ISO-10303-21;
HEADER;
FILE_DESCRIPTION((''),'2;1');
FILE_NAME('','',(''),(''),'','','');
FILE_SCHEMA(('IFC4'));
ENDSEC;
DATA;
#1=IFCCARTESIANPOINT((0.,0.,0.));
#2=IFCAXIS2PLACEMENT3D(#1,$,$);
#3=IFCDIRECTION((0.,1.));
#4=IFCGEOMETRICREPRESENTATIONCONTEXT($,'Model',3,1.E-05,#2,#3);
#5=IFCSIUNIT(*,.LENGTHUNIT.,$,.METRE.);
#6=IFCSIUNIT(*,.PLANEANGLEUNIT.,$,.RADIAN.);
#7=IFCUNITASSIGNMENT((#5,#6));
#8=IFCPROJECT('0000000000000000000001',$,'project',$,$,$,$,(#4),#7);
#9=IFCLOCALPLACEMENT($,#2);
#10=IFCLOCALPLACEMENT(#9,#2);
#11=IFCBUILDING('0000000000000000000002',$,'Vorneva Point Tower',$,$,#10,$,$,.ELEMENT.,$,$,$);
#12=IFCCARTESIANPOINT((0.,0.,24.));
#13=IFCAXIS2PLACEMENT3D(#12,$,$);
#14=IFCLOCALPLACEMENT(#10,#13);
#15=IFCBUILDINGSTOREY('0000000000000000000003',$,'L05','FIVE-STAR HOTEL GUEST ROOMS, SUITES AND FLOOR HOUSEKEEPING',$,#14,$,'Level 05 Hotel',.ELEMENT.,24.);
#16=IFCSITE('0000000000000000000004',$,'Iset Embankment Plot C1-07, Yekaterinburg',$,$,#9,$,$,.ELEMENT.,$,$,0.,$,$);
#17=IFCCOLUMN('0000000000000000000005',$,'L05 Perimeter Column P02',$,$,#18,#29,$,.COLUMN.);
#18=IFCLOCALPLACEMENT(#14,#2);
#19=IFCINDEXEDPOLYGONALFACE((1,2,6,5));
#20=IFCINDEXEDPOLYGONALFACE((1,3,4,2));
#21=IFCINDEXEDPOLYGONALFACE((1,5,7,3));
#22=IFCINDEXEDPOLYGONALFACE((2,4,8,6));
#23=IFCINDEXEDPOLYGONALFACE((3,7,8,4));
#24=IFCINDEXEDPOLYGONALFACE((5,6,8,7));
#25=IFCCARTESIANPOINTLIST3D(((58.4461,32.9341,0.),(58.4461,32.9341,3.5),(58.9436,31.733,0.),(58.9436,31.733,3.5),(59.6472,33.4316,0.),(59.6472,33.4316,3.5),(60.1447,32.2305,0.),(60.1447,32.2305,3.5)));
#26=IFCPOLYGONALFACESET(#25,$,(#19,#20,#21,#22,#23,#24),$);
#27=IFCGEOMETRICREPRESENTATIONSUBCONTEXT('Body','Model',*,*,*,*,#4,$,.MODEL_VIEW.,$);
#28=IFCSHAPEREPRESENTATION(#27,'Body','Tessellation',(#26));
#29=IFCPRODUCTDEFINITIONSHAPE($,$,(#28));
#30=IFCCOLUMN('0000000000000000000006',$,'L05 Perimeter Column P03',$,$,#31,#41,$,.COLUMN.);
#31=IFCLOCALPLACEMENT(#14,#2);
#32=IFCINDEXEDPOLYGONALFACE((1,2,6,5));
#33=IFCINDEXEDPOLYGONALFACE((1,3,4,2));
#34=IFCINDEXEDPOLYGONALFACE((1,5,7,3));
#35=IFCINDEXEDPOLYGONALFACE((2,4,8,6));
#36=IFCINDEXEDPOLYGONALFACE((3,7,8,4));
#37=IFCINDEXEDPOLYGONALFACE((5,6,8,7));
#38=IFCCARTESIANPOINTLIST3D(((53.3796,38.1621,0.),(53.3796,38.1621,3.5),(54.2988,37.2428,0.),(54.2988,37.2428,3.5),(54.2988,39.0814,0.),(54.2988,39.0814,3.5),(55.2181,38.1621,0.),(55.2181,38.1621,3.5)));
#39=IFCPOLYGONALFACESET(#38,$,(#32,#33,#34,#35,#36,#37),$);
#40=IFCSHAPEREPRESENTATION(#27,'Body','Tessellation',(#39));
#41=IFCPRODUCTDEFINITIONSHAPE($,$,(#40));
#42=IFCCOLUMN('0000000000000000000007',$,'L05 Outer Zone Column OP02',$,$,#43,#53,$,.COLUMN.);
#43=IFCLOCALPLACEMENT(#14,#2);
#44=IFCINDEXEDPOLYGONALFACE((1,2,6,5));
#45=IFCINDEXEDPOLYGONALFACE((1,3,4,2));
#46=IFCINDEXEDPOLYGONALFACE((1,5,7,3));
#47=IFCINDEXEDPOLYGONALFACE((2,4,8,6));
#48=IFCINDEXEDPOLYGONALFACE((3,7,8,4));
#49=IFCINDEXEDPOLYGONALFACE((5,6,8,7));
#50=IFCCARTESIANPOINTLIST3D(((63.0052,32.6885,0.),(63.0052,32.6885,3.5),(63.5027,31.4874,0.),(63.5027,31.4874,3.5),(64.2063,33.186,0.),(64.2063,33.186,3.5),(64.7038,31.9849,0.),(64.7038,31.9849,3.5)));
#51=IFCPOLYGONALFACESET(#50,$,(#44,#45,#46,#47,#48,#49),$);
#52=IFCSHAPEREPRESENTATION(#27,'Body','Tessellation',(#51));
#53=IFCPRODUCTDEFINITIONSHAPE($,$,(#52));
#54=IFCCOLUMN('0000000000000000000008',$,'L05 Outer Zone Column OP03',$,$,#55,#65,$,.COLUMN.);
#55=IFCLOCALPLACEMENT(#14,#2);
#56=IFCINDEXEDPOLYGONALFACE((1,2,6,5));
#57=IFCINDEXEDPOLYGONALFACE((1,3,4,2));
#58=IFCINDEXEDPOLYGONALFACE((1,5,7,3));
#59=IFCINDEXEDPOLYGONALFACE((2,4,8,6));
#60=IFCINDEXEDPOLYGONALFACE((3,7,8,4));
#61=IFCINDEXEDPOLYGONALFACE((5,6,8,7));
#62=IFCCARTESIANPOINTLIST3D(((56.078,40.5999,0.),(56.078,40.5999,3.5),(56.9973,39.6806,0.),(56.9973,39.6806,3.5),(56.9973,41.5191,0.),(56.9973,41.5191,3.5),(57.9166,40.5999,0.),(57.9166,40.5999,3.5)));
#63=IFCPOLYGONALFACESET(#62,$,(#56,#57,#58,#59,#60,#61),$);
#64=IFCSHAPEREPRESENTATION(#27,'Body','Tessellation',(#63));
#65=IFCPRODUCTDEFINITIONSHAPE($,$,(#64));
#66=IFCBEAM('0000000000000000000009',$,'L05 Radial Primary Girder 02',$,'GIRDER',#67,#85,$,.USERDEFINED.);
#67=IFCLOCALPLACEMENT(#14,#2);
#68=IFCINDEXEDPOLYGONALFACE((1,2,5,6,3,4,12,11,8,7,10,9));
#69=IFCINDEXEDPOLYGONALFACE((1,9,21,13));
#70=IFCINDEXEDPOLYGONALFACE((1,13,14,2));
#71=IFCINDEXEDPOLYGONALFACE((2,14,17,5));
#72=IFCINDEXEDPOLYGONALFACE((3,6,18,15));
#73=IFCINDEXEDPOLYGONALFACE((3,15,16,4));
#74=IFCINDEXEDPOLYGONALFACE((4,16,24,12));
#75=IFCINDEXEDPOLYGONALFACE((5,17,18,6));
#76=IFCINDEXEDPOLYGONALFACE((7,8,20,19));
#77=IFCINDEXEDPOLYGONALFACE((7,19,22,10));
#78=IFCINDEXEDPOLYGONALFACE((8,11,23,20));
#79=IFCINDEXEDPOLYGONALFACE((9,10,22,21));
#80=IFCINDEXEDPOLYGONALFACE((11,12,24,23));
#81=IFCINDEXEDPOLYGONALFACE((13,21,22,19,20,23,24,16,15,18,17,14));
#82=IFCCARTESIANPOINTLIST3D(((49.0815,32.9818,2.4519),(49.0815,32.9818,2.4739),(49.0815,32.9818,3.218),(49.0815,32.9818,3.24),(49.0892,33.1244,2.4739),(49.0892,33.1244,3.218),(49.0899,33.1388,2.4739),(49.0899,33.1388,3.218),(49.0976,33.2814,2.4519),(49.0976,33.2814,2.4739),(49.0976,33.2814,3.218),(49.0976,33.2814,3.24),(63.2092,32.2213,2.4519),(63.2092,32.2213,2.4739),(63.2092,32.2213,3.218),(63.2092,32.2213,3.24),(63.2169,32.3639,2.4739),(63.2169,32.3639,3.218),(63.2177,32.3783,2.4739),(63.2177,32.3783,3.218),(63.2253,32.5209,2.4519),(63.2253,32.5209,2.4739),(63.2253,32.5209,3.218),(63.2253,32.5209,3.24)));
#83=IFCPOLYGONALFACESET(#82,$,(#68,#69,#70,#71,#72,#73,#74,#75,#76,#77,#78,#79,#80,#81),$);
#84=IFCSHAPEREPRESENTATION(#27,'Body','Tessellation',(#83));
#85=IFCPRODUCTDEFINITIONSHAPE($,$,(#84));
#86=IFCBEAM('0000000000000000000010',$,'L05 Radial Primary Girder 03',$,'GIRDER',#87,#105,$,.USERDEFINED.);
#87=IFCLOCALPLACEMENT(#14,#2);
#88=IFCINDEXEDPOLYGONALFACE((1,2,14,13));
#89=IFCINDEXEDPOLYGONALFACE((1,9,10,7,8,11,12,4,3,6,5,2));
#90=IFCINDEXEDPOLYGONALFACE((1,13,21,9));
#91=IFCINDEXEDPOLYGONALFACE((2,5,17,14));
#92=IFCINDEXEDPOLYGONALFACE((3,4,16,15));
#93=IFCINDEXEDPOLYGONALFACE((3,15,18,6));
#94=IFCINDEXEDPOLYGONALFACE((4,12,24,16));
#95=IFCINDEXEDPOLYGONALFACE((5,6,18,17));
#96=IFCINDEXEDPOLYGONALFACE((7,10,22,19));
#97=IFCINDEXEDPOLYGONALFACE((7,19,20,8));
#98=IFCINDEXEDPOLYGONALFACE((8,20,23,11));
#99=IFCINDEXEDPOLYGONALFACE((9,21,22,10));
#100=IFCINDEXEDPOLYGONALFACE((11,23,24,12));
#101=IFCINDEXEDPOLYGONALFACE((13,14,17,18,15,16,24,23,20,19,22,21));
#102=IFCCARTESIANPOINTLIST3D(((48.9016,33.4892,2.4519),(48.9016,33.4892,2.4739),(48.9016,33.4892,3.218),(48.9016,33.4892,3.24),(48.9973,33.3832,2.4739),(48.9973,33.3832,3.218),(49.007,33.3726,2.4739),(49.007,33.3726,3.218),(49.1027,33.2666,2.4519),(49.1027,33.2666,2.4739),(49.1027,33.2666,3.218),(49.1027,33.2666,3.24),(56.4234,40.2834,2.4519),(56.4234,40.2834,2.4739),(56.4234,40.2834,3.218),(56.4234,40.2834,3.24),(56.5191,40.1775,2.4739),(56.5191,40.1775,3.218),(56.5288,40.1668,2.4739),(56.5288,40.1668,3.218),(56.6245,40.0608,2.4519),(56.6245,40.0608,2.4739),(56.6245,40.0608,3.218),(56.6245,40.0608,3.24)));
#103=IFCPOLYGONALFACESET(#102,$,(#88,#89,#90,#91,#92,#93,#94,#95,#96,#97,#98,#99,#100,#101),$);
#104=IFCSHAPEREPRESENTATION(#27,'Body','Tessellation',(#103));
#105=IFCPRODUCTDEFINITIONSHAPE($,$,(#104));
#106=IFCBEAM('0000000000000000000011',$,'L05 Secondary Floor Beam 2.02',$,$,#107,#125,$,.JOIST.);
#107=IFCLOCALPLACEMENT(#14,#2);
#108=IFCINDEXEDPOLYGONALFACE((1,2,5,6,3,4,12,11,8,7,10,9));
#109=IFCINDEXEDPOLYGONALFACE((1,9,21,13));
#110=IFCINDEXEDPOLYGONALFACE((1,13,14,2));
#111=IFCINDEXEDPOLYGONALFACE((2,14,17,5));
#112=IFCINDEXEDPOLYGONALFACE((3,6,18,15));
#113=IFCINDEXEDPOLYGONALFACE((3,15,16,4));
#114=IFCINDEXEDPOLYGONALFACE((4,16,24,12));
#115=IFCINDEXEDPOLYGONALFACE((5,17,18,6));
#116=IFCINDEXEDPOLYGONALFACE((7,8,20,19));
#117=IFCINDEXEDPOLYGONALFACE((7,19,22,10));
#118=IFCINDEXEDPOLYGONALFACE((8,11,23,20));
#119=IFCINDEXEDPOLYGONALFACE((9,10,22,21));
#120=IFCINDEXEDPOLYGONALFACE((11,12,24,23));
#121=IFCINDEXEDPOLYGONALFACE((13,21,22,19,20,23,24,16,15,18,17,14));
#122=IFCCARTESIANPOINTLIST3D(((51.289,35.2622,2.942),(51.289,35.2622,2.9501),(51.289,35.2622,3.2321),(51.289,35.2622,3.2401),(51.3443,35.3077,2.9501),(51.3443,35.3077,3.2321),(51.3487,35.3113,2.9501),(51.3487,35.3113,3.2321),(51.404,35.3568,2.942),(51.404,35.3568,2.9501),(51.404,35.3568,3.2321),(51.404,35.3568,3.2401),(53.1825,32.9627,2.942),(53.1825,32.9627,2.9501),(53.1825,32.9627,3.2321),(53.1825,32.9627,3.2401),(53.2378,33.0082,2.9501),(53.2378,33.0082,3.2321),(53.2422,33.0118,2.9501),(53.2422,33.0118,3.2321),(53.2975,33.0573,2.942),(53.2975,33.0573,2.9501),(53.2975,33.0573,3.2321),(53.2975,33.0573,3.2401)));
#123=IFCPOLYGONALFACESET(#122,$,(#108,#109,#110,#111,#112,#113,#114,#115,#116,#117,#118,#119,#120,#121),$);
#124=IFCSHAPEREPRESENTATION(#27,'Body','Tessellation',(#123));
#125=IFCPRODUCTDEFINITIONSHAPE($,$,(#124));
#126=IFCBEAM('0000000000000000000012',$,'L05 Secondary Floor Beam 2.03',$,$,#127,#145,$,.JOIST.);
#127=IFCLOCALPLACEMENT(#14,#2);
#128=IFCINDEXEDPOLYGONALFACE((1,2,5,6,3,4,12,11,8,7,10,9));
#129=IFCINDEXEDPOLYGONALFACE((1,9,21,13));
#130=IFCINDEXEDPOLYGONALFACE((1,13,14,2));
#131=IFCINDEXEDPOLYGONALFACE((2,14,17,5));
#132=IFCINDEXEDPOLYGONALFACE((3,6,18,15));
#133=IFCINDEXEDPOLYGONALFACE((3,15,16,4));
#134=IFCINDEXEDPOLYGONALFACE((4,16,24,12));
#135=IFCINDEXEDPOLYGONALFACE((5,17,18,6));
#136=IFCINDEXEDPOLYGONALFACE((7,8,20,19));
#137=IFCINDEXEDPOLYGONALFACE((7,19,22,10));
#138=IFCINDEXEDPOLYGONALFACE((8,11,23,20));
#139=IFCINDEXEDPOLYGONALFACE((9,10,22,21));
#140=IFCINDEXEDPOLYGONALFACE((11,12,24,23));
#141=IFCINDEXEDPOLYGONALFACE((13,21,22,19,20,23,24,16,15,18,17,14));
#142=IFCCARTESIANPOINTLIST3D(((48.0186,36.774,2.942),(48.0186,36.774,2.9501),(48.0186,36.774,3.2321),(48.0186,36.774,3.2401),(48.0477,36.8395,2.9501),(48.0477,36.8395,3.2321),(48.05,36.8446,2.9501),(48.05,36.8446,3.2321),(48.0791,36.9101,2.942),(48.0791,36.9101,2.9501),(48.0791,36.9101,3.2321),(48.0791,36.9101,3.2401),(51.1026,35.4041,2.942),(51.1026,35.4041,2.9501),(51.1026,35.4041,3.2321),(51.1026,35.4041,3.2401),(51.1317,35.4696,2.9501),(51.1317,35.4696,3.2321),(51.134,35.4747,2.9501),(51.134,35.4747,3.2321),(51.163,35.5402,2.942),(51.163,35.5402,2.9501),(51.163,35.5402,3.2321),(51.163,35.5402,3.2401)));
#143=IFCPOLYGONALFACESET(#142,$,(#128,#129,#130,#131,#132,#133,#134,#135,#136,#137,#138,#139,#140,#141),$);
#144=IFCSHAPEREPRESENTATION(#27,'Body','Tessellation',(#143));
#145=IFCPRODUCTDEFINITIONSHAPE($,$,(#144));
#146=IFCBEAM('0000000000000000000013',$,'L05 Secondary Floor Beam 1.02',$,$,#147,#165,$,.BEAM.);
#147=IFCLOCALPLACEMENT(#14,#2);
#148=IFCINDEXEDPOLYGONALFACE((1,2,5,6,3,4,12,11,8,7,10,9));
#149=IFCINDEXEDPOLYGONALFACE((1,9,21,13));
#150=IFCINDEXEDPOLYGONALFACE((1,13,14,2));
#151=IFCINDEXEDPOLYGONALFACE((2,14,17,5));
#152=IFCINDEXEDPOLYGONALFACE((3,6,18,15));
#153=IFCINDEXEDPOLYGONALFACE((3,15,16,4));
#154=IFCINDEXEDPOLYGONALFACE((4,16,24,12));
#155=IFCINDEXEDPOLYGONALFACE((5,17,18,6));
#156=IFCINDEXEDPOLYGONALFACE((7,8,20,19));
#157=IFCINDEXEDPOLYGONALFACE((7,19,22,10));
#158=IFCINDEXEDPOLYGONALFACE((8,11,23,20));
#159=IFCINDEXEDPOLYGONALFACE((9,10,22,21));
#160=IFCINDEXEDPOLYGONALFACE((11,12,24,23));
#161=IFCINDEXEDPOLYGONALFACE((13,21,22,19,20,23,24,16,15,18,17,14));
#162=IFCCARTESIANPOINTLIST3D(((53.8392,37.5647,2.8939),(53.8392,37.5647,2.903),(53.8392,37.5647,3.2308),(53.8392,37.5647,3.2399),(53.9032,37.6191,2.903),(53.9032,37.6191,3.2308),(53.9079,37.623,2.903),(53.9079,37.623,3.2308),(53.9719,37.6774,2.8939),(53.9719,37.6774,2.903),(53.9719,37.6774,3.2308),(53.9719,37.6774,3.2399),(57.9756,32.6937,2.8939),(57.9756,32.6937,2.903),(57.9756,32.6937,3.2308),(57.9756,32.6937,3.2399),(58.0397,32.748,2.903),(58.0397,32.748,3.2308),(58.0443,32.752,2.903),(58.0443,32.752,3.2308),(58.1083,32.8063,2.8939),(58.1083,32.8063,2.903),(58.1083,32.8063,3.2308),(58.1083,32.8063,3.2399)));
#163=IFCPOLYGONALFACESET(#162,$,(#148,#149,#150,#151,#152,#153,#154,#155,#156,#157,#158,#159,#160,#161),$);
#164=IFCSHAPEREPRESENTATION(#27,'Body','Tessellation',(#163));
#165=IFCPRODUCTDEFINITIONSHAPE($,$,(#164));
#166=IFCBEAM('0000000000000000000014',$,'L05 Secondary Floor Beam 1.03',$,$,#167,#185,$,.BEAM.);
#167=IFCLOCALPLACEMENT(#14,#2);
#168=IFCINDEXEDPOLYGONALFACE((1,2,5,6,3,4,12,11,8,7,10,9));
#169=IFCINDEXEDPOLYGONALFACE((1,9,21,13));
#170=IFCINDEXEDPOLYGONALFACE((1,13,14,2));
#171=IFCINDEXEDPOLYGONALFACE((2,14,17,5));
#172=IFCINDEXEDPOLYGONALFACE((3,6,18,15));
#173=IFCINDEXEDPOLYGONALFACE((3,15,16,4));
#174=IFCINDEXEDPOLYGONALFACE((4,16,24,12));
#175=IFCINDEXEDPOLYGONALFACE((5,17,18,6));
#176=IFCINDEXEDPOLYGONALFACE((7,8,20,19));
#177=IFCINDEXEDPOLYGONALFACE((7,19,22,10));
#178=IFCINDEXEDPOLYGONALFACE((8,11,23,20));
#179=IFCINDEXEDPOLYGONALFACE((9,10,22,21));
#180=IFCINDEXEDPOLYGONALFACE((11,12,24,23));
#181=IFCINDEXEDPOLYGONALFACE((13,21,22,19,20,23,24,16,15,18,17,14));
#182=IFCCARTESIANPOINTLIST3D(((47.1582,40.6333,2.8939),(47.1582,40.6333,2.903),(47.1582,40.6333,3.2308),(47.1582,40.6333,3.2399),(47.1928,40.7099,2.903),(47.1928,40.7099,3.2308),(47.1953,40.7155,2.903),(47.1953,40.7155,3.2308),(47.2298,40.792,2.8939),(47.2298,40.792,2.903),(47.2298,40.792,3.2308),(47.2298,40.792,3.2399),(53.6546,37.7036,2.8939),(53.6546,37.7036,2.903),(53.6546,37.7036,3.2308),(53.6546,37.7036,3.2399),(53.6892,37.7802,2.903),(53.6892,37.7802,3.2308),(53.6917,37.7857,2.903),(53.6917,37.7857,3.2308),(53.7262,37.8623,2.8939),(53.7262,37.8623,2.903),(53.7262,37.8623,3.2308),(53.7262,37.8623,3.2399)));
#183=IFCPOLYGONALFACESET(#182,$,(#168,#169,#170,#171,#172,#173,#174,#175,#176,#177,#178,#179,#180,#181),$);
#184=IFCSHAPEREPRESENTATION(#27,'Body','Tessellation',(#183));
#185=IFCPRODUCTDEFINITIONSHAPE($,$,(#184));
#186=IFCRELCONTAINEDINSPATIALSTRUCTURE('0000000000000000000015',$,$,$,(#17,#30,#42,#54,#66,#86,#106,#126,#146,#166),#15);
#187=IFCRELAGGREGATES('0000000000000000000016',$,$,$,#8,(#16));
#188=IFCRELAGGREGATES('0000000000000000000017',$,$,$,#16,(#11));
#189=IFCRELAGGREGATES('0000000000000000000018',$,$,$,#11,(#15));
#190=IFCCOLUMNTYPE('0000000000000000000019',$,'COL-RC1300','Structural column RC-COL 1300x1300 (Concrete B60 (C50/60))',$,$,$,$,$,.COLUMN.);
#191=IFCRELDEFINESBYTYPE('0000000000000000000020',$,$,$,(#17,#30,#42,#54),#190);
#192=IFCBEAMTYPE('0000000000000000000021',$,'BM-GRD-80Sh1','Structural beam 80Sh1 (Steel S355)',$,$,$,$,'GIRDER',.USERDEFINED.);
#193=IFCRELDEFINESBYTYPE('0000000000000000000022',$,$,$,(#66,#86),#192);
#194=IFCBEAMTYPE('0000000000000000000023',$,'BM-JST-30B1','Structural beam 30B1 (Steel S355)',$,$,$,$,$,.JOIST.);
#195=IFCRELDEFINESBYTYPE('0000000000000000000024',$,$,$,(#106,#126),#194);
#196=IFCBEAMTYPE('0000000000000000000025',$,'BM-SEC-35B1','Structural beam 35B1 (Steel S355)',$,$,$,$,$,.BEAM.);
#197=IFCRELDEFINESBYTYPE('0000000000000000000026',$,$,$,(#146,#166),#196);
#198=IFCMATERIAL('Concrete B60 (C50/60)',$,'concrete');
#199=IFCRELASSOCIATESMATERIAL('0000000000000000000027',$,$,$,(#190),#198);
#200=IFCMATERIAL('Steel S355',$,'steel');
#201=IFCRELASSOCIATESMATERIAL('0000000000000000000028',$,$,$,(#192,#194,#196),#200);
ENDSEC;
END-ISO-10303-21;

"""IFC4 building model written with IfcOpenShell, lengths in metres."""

from ifc_helpers import new_model, si_unit, direction, frame, origin, origin_2d, place, context, subcontext, project, spatial, rectangle, i_section, extrude, material, material_profile, profile_set, type_object, element, save


model = new_model("IFC4")

# Units and contexts
model_context = context("Model", 3, precision=1e-05, world=origin(), true_north=direction((0.0, 1.0)))
body_context = subcontext(model_context, "Body", "Model", "MODEL_VIEW")
ifc_project = project(units=[si_unit("LENGTHUNIT", "METRE"), si_unit("PLANEANGLEUNIT", "RADIAN")], contexts=[model_context])

# Site, building, storey
site_placement = place(None, origin())
site = spatial("IfcSite", under=ifc_project, at=site_placement, Name="Iset Embankment Plot C1-07, Yekaterinburg", CompositionType="ELEMENT", RefElevation=0.0)
building_placement = place(site_placement, origin())
building = spatial("IfcBuilding", under=site, at=building_placement, Name="Vorneva Point Tower", CompositionType="ELEMENT")
storey_placement = place(building_placement, frame((0.0, 0.0, 24.0)))
storey = spatial("IfcBuildingStorey", under=building, at=storey_placement, Name="L05", Description="FIVE-STAR HOTEL GUEST ROOMS, SUITES AND FLOOR HOUSEKEEPING", LongName="Level 05 Hotel", CompositionType="ELEMENT", Elevation=24.0)

# Columns
ifc_material_1 = material(Name="Concrete B60 (C50/60)", Category="concrete")
ifc_material_profile_1 = material_profile(ifc_material_1, rectangle(XDim=1.3, YDim=1.3, at=origin_2d()), Name="RC-COL 1300x1300")
ifc_profile_set_1 = profile_set([ifc_material_profile_1], Name="Concrete B60 (C50/60)")
column_type = type_object("IfcColumnType", Name="COL-RC1300", Description="Structural column RC-COL 1300x1300 (Concrete B60 (C50/60))", PredefinedType="COLUMN", material=ifc_profile_set_1)
for number, where, z_axis, x_axis, name in (
    (1, (59.2954, 32.5823, 0.0), (0.0, 0.0, 1.0), (0.92388, 0.382683, 0.0), "L05 Perimeter Column P02"),
    (2, (54.2988, 38.1621, 0.0), (0.0, 0.0, 1.0), (0.707107, 0.707107, 0.0), "L05 Perimeter Column P03"),
    (3, (63.8545, 32.3367, 0.0), (0.0, 0.0, 1.0), (0.92388, 0.382683, 0.0), "L05 Outer Zone Column OP02"),
    (4, (56.9973, 40.5999, 0.0), (0.0, 0.0, 1.0), (0.707107, 0.707107, 0.0), "L05 Outer Zone Column OP03"),
):
    element("IfcColumn", number, at=place(storey_placement, frame(where, z_axis=z_axis, x_axis=x_axis)), inside=storey, type_object=column_type, Name=name, PredefinedType="COLUMN", context=body_context, shape_type="SweptSolid", body=[
        extrude(rectangle(XDim=1.3, YDim=1.3, at=origin_2d()), origin(), (0.0, 0.0, 1.0), 3.5),
    ])

# Beams
ifc_material_2 = material(Name="Steel S355", Category="steel")
ifc_material_profile_2 = material_profile(ifc_material_2, i_section(OverallWidth=0.3, OverallDepth=0.7881, WebThickness=0.0144, FlangeThickness=0.022, at=origin_2d()), Name="80Sh1")
ifc_profile_set_2 = profile_set([ifc_material_profile_2], Name="Steel S355")
beam_type_1 = type_object("IfcBeamType", Name="BM-GRD-80Sh1", Description="Structural beam 80Sh1 (Steel S355)", ElementType="GIRDER", PredefinedType="USERDEFINED", material=ifc_profile_set_2)
beam_1_placement = place(storey_placement, frame((63.2173, 32.3711, 2.8459), z_axis=(-0.998554, 0.053753, 0.0), x_axis=(-0.053753, -0.998554, 0.0)))
element("IfcBeam", 5, at=beam_1_placement, inside=storey, type_object=beam_type_1, Name="L05 Radial Primary Girder 02", ObjectType="GIRDER", PredefinedType="USERDEFINED", context=body_context, shape_type="SweptSolid", body=[
    extrude(i_section(OverallWidth=0.3, OverallDepth=0.7881, WebThickness=0.0144, FlangeThickness=0.022, at=origin_2d()), origin(), (0.0, 0.0, 1.0), 14.1482),
])
beam_2_placement = place(storey_placement, frame((56.5239, 40.1721, 2.8459), z_axis=(-0.742084, -0.670306, 0.0), x_axis=(0.670306, -0.742084, 0.0)))
element("IfcBeam", 6, at=beam_2_placement, inside=storey, type_object=beam_type_1, Name="L05 Radial Primary Girder 03", ObjectType="GIRDER", PredefinedType="USERDEFINED", context=body_context, shape_type="SweptSolid", body=[
    extrude(i_section(OverallWidth=0.3, OverallDepth=0.7881, WebThickness=0.0144, FlangeThickness=0.022, at=origin_2d()), origin(), (0.0, 0.0, 1.0), 10.136),
])
ifc_material_profile_3 = material_profile(ifc_material_2, i_section(OverallWidth=0.1489, OverallDepth=0.2981, WebThickness=0.0056, FlangeThickness=0.0081, at=origin_2d()), Name="30B1")
ifc_profile_set_3 = profile_set([ifc_material_profile_3], Name="Steel S355")
beam_type_2 = type_object("IfcBeamType", Name="BM-JST-30B1", Description="Structural beam 30B1 (Steel S355)", PredefinedType="JOIST", material=ifc_profile_set_3)
beam_3_placement = place(storey_placement, frame((53.24, 33.01, 3.0911), z_axis=(-0.635667, 0.771963, 0.0), x_axis=(-0.771963, -0.635667, 0.0)))
element("IfcBeam", 7, at=beam_3_placement, inside=storey, type_object=beam_type_2, Name="L05 Secondary Floor Beam 2.02", PredefinedType="JOIST", context=body_context, shape_type="SweptSolid", body=[
    extrude(i_section(OverallWidth=0.1489, OverallDepth=0.2981, WebThickness=0.0056, FlangeThickness=0.0081, at=origin_2d()), origin(), (0.0, 0.0, 1.0), 2.9788),
])
beam_4_placement = place(storey_placement, frame((51.1328, 35.4722, 3.0911), z_axis=(-0.913898, 0.405944, 0.0), x_axis=(-0.405944, -0.913898, 0.0)))
element("IfcBeam", 8, at=beam_4_placement, inside=storey, type_object=beam_type_2, Name="L05 Secondary Floor Beam 2.03", PredefinedType="JOIST", context=body_context, shape_type="SweptSolid", body=[
    extrude(i_section(OverallWidth=0.1489, OverallDepth=0.2981, WebThickness=0.0056, FlangeThickness=0.0081, at=origin_2d()), origin(), (0.0, 0.0, 1.0), 3.3745),
])
ifc_material_profile_4 = material_profile(ifc_material_2, i_section(OverallWidth=0.1741, OverallDepth=0.3459, WebThickness=0.0061, FlangeThickness=0.009, at=origin_2d()), Name="35B1")
ifc_profile_set_4 = profile_set([ifc_material_profile_4], Name="Steel S355")
beam_type_3 = type_object("IfcBeamType", Name="BM-SEC-35B1", Description="Structural beam 35B1 (Steel S355)", PredefinedType="BEAM", material=ifc_profile_set_4)
beam_5_placement = place(storey_placement, frame((58.042, 32.75, 3.0669), z_axis=(-0.647289, 0.762245, 0.0), x_axis=(-0.762245, -0.647289, 0.0)))
element("IfcBeam", 9, at=beam_5_placement, inside=storey, type_object=beam_type_3, Name="L05 Secondary Floor Beam 1.02", PredefinedType="BEAM", context=body_context, shape_type="SweptSolid", body=[
    extrude(i_section(OverallWidth=0.1741, OverallDepth=0.3459, WebThickness=0.0061, FlangeThickness=0.009, at=origin_2d()), origin(), (0.0, 0.0, 1.0), 6.3904),
])
beam_6_placement = place(storey_placement, frame((53.6904, 37.783, 3.0669), z_axis=(-0.911589, 0.411104, 0.0), x_axis=(-0.411104, -0.911589, 0.0)))
element("IfcBeam", 10, at=beam_6_placement, inside=storey, type_object=beam_type_3, Name="L05 Secondary Floor Beam 1.03", PredefinedType="BEAM", context=body_context, shape_type="SweptSolid", body=[
    extrude(i_section(OverallWidth=0.1741, OverallDepth=0.3459, WebThickness=0.0061, FlangeThickness=0.009, at=origin_2d()), origin(), (0.0, 0.0, 1.0), 7.1265),
])

save(model, "model.ifc")
